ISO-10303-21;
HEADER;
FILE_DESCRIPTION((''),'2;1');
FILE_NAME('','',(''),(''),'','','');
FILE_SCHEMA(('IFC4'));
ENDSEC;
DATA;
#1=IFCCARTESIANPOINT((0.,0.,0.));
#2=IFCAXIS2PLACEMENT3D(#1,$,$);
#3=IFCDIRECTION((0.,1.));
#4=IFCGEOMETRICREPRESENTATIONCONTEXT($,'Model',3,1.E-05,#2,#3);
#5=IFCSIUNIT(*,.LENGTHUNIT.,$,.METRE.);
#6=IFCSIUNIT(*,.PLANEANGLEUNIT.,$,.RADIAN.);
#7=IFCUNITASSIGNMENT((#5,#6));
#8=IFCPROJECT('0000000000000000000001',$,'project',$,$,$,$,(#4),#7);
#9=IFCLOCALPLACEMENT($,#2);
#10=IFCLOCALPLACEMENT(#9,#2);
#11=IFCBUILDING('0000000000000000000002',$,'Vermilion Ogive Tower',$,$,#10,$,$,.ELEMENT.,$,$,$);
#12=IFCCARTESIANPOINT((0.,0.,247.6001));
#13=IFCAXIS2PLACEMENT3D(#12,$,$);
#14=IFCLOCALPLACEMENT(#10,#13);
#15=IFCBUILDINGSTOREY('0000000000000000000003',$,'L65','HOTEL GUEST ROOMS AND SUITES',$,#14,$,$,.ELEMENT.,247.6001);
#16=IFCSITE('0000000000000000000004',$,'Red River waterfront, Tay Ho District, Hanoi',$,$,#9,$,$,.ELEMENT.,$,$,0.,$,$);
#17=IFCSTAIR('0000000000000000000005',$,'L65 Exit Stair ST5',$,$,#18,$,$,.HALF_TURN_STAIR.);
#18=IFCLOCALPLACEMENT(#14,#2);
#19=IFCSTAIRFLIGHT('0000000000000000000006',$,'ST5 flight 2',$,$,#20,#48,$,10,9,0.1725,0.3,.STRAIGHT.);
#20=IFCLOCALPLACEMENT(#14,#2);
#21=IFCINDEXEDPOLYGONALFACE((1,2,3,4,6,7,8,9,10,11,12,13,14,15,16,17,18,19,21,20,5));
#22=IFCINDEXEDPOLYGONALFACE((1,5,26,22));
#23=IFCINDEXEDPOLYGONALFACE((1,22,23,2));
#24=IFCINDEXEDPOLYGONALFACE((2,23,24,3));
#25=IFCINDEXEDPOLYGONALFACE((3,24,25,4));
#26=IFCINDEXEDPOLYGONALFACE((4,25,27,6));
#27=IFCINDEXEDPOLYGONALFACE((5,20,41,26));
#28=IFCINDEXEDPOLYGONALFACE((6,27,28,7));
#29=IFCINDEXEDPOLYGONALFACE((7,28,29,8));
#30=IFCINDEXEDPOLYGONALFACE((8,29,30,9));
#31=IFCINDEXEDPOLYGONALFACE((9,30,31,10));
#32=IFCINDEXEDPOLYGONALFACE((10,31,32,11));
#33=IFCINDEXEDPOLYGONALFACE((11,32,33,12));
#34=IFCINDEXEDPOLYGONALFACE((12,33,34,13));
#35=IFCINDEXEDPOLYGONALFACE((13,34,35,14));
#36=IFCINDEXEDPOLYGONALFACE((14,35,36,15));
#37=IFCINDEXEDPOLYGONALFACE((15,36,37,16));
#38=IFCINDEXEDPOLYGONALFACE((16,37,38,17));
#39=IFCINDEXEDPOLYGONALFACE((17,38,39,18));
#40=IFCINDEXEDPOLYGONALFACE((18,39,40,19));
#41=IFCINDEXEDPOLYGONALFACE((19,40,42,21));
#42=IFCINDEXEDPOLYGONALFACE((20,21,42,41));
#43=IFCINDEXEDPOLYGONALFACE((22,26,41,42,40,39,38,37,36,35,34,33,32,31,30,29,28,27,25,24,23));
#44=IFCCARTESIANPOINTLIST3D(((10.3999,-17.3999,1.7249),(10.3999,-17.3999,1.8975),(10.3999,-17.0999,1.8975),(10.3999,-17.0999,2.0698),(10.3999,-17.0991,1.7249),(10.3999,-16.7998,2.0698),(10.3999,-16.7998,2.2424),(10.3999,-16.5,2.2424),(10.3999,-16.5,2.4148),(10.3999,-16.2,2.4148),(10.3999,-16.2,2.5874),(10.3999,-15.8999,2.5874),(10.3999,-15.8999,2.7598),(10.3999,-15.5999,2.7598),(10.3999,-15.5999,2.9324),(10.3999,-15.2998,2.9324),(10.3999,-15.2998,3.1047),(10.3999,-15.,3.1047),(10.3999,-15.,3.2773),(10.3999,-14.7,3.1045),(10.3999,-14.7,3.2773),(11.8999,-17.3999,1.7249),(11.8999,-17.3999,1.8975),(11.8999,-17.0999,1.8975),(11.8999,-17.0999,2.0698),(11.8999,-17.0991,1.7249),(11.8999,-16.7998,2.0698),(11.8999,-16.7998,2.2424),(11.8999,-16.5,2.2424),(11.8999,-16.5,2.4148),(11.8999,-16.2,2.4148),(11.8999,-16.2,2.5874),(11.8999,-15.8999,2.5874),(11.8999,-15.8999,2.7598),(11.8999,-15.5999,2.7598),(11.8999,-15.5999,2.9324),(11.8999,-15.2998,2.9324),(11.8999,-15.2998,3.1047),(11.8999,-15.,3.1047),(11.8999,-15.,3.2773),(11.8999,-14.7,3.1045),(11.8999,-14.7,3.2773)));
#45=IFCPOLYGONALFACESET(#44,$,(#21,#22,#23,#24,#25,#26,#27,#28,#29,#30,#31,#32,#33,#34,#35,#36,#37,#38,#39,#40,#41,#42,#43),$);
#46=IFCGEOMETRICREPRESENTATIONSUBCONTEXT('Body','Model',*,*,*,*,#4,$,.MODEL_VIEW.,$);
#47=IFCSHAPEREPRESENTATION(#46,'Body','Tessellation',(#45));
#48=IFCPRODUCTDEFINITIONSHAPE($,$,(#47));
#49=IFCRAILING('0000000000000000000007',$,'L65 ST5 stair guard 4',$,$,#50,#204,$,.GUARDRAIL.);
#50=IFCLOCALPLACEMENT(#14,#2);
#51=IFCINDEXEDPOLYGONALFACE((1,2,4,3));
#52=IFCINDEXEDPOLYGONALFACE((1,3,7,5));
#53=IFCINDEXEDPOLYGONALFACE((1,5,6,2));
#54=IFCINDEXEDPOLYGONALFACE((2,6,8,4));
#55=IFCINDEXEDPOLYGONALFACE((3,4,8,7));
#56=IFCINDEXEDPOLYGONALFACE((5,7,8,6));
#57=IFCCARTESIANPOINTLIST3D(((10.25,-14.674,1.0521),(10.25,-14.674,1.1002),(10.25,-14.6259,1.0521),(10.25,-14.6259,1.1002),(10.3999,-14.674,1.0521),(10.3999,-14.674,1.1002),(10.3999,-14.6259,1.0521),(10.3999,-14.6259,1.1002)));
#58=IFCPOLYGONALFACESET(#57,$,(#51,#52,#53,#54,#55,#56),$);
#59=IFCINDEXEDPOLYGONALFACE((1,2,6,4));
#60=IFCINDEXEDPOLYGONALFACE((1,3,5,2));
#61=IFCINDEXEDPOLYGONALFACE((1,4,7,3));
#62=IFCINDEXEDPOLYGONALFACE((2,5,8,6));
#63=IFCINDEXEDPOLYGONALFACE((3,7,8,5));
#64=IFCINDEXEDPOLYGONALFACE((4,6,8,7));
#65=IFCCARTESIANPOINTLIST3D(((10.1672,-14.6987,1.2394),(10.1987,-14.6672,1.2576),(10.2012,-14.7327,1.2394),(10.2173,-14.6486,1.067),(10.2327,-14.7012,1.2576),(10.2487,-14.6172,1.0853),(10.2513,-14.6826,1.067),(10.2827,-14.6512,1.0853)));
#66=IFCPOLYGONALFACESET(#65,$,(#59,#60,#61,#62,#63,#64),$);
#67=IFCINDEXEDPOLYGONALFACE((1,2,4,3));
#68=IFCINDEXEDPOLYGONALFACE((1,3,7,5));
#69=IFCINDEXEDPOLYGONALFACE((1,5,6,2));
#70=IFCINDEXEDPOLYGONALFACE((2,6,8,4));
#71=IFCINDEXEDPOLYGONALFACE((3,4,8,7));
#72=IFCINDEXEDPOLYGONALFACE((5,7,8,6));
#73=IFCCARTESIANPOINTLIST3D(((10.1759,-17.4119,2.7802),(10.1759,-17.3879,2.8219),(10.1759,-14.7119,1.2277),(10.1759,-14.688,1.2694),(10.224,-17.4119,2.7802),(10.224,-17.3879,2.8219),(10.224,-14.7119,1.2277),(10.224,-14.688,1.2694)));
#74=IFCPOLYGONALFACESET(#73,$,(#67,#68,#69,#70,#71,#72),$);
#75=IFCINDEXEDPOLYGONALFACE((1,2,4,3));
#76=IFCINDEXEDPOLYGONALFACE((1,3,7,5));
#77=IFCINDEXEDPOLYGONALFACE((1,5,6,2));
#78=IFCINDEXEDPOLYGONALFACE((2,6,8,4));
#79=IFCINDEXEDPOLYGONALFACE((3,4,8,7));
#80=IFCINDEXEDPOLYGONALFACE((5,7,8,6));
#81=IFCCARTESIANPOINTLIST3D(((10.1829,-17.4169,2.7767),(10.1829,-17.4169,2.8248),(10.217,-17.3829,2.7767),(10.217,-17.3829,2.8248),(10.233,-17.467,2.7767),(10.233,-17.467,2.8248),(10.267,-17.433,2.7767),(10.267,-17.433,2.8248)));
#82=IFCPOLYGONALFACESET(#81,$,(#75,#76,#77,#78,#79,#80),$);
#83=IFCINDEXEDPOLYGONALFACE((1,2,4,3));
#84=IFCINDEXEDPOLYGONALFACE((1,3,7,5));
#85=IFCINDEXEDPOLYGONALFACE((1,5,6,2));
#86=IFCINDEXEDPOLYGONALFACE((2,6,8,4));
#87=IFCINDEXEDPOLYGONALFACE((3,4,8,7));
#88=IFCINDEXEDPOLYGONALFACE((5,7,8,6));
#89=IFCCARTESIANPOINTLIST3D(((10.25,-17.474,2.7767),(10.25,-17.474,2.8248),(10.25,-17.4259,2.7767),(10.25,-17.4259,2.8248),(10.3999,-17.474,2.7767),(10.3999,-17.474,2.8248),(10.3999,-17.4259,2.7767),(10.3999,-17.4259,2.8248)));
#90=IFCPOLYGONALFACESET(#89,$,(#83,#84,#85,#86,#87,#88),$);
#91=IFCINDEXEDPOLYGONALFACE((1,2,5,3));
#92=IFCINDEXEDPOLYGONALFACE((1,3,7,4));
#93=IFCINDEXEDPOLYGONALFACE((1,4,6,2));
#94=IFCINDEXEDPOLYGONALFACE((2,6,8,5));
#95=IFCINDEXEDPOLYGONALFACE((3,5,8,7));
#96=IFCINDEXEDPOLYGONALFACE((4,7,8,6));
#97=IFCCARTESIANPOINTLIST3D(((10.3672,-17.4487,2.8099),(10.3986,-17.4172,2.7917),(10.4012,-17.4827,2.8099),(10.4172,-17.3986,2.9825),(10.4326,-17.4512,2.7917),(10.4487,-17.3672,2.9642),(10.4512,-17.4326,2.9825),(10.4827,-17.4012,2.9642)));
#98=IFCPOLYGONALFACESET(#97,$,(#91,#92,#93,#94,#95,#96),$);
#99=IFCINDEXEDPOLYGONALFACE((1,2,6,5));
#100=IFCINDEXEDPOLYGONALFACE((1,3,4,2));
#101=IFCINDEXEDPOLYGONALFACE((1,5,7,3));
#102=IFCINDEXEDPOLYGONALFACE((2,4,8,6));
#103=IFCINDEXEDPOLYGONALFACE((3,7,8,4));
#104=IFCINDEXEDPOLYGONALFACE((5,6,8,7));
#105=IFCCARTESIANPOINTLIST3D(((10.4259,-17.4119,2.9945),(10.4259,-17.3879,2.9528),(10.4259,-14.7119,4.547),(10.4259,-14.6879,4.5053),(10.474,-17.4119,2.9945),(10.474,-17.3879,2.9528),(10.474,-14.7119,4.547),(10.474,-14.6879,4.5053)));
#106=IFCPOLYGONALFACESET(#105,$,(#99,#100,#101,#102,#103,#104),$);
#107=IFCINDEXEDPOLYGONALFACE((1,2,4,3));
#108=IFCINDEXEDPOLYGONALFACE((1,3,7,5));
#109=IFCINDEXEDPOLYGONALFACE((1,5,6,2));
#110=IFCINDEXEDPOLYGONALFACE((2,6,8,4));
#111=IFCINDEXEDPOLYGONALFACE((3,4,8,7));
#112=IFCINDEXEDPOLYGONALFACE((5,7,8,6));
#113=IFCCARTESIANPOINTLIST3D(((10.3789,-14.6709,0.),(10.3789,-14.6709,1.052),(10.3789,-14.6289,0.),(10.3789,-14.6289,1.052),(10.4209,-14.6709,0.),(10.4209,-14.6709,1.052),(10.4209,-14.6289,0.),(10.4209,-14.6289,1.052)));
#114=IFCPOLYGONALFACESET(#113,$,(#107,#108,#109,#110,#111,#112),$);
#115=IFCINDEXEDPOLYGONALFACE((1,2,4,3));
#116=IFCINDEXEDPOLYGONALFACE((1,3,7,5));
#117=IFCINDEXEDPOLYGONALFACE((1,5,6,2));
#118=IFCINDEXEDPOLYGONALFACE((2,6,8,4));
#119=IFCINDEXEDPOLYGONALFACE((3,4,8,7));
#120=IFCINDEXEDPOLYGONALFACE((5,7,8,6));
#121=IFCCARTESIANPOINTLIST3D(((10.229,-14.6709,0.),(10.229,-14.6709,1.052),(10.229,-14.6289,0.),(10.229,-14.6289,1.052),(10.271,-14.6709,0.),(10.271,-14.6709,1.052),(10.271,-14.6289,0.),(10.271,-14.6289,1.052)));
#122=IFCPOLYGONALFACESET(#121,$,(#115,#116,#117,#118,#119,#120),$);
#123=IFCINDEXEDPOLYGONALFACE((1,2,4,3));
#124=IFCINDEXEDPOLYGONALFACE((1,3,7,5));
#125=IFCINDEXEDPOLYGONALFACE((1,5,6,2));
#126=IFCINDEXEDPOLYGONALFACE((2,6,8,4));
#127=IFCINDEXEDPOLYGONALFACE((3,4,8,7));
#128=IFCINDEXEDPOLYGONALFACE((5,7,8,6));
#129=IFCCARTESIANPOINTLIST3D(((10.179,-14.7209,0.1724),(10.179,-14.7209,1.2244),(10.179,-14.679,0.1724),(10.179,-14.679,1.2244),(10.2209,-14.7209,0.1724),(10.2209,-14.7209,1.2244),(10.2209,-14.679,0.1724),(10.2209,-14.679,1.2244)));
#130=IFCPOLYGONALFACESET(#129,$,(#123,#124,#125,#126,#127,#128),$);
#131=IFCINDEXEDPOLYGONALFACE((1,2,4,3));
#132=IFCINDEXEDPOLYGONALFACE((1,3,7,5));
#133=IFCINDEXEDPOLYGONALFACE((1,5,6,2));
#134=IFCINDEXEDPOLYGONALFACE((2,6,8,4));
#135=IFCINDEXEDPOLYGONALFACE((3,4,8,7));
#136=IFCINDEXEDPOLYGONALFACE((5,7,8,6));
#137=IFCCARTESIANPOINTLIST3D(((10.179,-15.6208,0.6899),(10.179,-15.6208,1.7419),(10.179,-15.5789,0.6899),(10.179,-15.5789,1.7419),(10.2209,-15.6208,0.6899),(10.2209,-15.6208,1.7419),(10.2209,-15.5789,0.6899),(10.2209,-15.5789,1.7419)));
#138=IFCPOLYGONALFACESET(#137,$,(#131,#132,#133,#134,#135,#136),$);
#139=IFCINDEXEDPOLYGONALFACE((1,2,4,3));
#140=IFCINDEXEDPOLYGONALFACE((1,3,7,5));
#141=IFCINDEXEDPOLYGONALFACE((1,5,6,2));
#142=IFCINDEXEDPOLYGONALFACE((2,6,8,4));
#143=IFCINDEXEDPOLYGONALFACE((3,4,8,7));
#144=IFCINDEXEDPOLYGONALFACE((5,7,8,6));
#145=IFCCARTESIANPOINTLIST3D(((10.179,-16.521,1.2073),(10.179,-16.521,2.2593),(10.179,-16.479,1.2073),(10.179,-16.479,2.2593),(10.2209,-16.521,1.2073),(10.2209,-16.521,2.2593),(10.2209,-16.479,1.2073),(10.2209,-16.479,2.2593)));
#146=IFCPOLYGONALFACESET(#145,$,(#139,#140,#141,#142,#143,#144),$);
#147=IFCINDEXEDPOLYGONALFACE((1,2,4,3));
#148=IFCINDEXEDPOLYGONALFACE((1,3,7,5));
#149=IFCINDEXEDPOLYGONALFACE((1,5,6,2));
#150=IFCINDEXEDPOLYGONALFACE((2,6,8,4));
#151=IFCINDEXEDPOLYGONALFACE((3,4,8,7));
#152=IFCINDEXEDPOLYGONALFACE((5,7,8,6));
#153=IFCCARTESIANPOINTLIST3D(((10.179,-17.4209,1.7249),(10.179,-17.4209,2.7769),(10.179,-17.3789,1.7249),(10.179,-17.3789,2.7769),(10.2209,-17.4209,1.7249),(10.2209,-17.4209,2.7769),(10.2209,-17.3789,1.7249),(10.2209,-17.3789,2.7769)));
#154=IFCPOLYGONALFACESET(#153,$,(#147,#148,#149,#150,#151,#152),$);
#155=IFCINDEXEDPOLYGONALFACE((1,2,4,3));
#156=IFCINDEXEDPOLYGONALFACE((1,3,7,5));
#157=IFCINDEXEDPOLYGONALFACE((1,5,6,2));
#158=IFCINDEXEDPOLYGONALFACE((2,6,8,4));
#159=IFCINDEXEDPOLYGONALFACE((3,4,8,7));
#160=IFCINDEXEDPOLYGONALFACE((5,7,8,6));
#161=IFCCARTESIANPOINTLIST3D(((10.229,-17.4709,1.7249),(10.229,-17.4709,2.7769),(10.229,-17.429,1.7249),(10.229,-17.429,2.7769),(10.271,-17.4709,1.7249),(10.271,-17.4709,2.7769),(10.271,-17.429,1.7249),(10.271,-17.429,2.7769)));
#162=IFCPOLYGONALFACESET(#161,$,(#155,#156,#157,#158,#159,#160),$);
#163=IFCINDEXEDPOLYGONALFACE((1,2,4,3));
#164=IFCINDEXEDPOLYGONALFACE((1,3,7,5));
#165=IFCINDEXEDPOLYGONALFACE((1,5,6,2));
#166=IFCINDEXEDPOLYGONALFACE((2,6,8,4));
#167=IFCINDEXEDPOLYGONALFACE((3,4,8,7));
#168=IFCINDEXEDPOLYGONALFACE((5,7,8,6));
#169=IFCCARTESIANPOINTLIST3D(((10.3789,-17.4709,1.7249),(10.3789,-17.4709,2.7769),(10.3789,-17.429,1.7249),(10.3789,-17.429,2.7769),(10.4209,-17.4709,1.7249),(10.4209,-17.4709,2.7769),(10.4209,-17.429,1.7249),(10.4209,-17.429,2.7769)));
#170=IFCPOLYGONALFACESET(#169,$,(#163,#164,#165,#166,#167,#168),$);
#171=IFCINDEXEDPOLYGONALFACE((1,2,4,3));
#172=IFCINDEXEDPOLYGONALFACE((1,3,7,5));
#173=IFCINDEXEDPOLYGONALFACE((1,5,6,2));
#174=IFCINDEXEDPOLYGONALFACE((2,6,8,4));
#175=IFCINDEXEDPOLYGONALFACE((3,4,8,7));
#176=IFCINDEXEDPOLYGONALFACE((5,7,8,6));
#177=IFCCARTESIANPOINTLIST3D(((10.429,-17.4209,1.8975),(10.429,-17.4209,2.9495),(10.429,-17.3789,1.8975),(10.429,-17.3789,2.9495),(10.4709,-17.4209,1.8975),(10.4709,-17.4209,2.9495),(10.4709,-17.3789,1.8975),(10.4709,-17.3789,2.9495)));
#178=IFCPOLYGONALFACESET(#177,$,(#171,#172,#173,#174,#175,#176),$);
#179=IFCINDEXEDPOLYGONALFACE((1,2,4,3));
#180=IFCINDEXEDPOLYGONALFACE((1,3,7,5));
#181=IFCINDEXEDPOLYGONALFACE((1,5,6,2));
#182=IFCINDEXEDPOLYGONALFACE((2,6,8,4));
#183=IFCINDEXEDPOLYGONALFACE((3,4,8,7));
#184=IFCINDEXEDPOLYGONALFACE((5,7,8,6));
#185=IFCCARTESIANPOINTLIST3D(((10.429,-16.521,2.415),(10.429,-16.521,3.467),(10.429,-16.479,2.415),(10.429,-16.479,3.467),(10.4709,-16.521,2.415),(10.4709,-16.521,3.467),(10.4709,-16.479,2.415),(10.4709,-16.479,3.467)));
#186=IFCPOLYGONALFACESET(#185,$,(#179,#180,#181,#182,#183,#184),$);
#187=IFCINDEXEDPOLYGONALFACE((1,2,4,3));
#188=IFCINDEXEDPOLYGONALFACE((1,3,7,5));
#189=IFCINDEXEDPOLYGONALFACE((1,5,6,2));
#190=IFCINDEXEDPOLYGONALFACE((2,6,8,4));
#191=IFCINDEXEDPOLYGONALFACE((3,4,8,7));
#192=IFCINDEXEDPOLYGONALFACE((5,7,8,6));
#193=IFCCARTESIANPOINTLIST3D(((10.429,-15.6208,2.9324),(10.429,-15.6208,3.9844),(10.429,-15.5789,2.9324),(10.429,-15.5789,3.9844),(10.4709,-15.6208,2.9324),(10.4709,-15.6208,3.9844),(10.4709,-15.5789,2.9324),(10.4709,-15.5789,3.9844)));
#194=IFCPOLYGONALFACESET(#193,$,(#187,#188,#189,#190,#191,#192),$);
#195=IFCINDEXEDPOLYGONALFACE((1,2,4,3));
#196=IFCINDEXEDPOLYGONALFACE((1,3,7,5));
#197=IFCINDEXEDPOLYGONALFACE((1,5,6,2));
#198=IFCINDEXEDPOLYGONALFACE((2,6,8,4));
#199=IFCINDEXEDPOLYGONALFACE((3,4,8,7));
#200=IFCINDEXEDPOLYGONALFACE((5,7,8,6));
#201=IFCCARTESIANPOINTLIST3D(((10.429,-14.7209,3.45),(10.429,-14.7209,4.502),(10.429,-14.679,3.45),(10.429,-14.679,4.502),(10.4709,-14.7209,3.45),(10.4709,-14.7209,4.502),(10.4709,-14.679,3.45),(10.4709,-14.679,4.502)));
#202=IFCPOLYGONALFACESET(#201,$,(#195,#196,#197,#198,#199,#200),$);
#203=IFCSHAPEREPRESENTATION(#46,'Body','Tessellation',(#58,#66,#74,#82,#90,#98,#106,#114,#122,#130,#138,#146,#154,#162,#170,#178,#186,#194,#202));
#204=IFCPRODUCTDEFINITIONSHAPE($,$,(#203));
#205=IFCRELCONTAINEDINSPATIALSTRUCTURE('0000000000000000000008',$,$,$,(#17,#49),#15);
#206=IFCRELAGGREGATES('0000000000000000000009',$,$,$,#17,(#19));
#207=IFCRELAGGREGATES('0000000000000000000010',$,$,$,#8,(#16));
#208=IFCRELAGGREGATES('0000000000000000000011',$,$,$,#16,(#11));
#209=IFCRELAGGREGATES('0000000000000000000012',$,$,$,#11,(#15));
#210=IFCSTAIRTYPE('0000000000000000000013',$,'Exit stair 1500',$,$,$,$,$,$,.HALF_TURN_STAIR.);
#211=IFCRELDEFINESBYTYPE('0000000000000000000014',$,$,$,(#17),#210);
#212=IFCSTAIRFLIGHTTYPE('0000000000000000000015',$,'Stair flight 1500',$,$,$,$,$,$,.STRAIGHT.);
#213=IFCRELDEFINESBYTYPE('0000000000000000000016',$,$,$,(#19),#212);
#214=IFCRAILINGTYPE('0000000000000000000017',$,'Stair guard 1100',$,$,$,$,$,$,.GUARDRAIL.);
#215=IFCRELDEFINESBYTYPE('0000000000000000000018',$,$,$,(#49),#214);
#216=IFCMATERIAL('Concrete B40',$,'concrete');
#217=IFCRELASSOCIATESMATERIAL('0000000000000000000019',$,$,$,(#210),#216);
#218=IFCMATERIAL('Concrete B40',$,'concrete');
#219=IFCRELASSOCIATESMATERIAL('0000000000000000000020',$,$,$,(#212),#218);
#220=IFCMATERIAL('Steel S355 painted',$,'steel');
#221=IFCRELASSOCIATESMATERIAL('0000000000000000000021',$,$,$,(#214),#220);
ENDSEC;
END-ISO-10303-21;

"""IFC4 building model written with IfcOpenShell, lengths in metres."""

from ifc_helpers import new_model, si_unit, direction, frame, origin, origin_2d, place, context, subcontext, project, spatial, polyline, rectangle, outline, extrude, material, type_object, element, aggregate, save


model = new_model("IFC4")

# Units and contexts
model_context = context("Model", 3, precision=1e-05, world=origin(), true_north=direction((0.0, 1.0)))
body_context = subcontext(model_context, "Body", "Model", "MODEL_VIEW")
ifc_project = project(units=[si_unit("LENGTHUNIT", "METRE"), si_unit("PLANEANGLEUNIT", "RADIAN")], contexts=[model_context])

# Site, building, storey
site_placement = place(None, origin())
site = spatial("IfcSite", under=ifc_project, at=site_placement, Name="Red River waterfront, Tay Ho District, Hanoi", CompositionType="ELEMENT", RefElevation=0.0)
building_placement = place(site_placement, origin())
building = spatial("IfcBuilding", under=site, at=building_placement, Name="Vermilion Ogive Tower", CompositionType="ELEMENT")
storey_placement = place(building_placement, frame((0.0, 0.0, 247.6001)))
storey = spatial("IfcBuildingStorey", under=building, at=storey_placement, Name="L65", Description="HOTEL GUEST ROOMS AND SUITES", CompositionType="ELEMENT", Elevation=247.6001)

# Stair, stair flight
ifc_material_1 = material(Name="Concrete B40", Category="concrete")
stair_type = type_object("IfcStairType", Name="Exit stair 1500", PredefinedType="HALF_TURN_STAIR", material=ifc_material_1)
stair_placement = place(storey_placement, origin())
stair = element("IfcStair", 1, at=stair_placement, inside=storey, type_object=stair_type, Name="L65 Exit Stair ST5", PredefinedType="HALF_TURN_STAIR")
ifc_material_2 = material(Name="Concrete B40", Category="concrete")
stair_flight_type = type_object("IfcStairFlightType", Name="Stair flight 1500", PredefinedType="STRAIGHT", material=ifc_material_2)
stair_flight_1_placement = place(storey_placement, frame((11.1499, -17.3999, 1.7249), z_axis=(0.0, 0.0, 1.0), x_axis=(0.0, 1.0, 0.0)))
stair_flight_1 = element("IfcStairFlight", 2, at=stair_flight_1_placement, type_object=stair_flight_type, Name="ST5 flight 2", NumberOfRisers=10, NumberOfTreads=9, PredefinedType="STRAIGHT", RiserHeight=0.1725, TreadLength=0.3, context=body_context, shape_type="SweptSolid", body=[
    extrude(outline(polyline([(0.0, 0.0), (0.0, 0.1726), (0.3, 0.1726), (0.3, 0.345), (0.6001, 0.345), (0.6001, 0.5176), (0.8999, 0.5176), (0.8999, 0.6899), (1.2, 0.6899), (1.2, 0.8625), (1.5, 0.8625), (1.5, 1.0349), (1.8, 1.0349), (1.8, 1.2075), (2.1001, 1.2075), (2.1001, 1.3799), (2.3999, 1.3799), (2.3999, 1.5525), (2.7, 1.5525), (2.7, 1.7251), (2.7, 1.3796), (0.3008, 0.0), (0.0, 0.0)])), frame((0.0, 0.75, 0.0), z_axis=(0.0, -1.0, 0.0), x_axis=(1.0, 0.0, 0.0)), (0.0, 0.0, 1.0), 1.5),
])
aggregate(stair, [stair_flight_1])

# Railing
ifc_material_3 = material(Name="Steel S355 painted", Category="steel")
railing_type_1 = type_object("IfcRailingType", Name="Stair guard 1100", PredefinedType="GUARDRAIL", material=ifc_material_3)
railing_1_placement = place(storey_placement, frame((10.3999, -14.6499, 0.0)))
element("IfcRailing", 3, at=railing_1_placement, inside=storey, type_object=railing_type_1, Name="L65 ST5 stair guard 4", PredefinedType="GUARDRAIL", context=body_context, shape_type="SweptSolid", body=[
    extrude(rectangle(XDim=0.0481, YDim=0.0481, at=origin_2d()), frame((0.0, 0.0, 1.0762), z_axis=(-1.0, 0.0, 0.0), x_axis=(0.0, -1.0, 0.0)), (0.0, 0.0, 1.0), 0.1499),
    extrude(rectangle(XDim=0.0481, YDim=0.0481, at=origin_2d()), frame((-0.1499, 0.0, 1.0762), z_axis=(-0.268603, -0.268603, 0.925043), x_axis=(0.707107, -0.707107, 0.0)), (0.0, 0.0, 1.0), 0.1863),
    extrude(rectangle(XDim=0.0481, YDim=0.0481, at=origin_2d()), frame((-0.2, -0.05, 1.2485), z_axis=(0.0, -0.866904, 0.498476), x_axis=(1.0, 0.0, 0.0)), (0.0, 0.0, 1.0), 3.1145),
    extrude(rectangle(XDim=0.0481, YDim=0.0481, at=origin_2d()), frame((-0.2, -2.75, 2.8008), z_axis=(0.707107, -0.707107, 0.0), x_axis=(0.707107, 0.707107, 0.0)), (0.0, 0.0, 1.0), 0.0708),
    extrude(rectangle(XDim=0.0481, YDim=0.0481, at=origin_2d()), frame((-0.1499, -2.8, 2.8008), z_axis=(1.0, 0.0, 0.0), x_axis=(0.0, 1.0, 0.0)), (0.0, 0.0, 1.0), 0.1499),
    extrude(rectangle(XDim=0.0481, YDim=0.0481, at=origin_2d()), frame((0.0, -2.8, 2.8008), z_axis=(0.268278, 0.268278, 0.925232), x_axis=(-0.707107, 0.707107, 0.0)), (0.0, 0.0, 1.0), 0.1865),
    extrude(rectangle(XDim=0.0481, YDim=0.0481, at=origin_2d()), frame((0.05, -2.75, 2.9736), z_axis=(0.0, 0.866904, 0.498476), x_axis=(-1.0, 0.0, 0.0)), (0.0, 0.0, 1.0), 3.1145),
    extrude(rectangle(XDim=0.042, YDim=0.042, at=origin_2d()), origin(), (0.0, 0.0, 1.0), 1.052),
    extrude(rectangle(XDim=0.042, YDim=0.042, at=origin_2d()), frame((-0.1499, 0.0, 0.0)), (0.0, 0.0, 1.0), 1.052),
    extrude(rectangle(XDim=0.042, YDim=0.042, at=origin_2d()), frame((-0.2, -0.05, 0.1724)), (0.0, 0.0, 1.0), 1.052),
    extrude(rectangle(XDim=0.042, YDim=0.042, at=origin_2d()), frame((-0.2, -0.95, 0.6899)), (0.0, 0.0, 1.0), 1.052),
    extrude(rectangle(XDim=0.042, YDim=0.042, at=origin_2d()), frame((-0.2, -1.8501, 1.2073)), (0.0, 0.0, 1.0), 1.052),
    extrude(rectangle(XDim=0.042, YDim=0.042, at=origin_2d()), frame((-0.2, -2.75, 1.7249)), (0.0, 0.0, 1.0), 1.052),
    extrude(rectangle(XDim=0.042, YDim=0.042, at=origin_2d()), frame((-0.1499, -2.8, 1.7249)), (0.0, 0.0, 1.0), 1.052),
    extrude(rectangle(XDim=0.042, YDim=0.042, at=origin_2d()), frame((0.0, -2.8, 1.7249)), (0.0, 0.0, 1.0), 1.052),
    extrude(rectangle(XDim=0.042, YDim=0.042, at=origin_2d()), frame((0.05, -2.75, 1.8975)), (0.0, 0.0, 1.0), 1.052),
    extrude(rectangle(XDim=0.042, YDim=0.042, at=origin_2d()), frame((0.05, -1.8501, 2.415)), (0.0, 0.0, 1.0), 1.052),
    extrude(rectangle(XDim=0.042, YDim=0.042, at=origin_2d()), frame((0.05, -0.95, 2.9324)), (0.0, 0.0, 1.0), 1.052),
    extrude(rectangle(XDim=0.042, YDim=0.042, at=origin_2d()), frame((0.05, -0.05, 3.45)), (0.0, 0.0, 1.0), 1.052),
])

save(model, "model.ifc")
